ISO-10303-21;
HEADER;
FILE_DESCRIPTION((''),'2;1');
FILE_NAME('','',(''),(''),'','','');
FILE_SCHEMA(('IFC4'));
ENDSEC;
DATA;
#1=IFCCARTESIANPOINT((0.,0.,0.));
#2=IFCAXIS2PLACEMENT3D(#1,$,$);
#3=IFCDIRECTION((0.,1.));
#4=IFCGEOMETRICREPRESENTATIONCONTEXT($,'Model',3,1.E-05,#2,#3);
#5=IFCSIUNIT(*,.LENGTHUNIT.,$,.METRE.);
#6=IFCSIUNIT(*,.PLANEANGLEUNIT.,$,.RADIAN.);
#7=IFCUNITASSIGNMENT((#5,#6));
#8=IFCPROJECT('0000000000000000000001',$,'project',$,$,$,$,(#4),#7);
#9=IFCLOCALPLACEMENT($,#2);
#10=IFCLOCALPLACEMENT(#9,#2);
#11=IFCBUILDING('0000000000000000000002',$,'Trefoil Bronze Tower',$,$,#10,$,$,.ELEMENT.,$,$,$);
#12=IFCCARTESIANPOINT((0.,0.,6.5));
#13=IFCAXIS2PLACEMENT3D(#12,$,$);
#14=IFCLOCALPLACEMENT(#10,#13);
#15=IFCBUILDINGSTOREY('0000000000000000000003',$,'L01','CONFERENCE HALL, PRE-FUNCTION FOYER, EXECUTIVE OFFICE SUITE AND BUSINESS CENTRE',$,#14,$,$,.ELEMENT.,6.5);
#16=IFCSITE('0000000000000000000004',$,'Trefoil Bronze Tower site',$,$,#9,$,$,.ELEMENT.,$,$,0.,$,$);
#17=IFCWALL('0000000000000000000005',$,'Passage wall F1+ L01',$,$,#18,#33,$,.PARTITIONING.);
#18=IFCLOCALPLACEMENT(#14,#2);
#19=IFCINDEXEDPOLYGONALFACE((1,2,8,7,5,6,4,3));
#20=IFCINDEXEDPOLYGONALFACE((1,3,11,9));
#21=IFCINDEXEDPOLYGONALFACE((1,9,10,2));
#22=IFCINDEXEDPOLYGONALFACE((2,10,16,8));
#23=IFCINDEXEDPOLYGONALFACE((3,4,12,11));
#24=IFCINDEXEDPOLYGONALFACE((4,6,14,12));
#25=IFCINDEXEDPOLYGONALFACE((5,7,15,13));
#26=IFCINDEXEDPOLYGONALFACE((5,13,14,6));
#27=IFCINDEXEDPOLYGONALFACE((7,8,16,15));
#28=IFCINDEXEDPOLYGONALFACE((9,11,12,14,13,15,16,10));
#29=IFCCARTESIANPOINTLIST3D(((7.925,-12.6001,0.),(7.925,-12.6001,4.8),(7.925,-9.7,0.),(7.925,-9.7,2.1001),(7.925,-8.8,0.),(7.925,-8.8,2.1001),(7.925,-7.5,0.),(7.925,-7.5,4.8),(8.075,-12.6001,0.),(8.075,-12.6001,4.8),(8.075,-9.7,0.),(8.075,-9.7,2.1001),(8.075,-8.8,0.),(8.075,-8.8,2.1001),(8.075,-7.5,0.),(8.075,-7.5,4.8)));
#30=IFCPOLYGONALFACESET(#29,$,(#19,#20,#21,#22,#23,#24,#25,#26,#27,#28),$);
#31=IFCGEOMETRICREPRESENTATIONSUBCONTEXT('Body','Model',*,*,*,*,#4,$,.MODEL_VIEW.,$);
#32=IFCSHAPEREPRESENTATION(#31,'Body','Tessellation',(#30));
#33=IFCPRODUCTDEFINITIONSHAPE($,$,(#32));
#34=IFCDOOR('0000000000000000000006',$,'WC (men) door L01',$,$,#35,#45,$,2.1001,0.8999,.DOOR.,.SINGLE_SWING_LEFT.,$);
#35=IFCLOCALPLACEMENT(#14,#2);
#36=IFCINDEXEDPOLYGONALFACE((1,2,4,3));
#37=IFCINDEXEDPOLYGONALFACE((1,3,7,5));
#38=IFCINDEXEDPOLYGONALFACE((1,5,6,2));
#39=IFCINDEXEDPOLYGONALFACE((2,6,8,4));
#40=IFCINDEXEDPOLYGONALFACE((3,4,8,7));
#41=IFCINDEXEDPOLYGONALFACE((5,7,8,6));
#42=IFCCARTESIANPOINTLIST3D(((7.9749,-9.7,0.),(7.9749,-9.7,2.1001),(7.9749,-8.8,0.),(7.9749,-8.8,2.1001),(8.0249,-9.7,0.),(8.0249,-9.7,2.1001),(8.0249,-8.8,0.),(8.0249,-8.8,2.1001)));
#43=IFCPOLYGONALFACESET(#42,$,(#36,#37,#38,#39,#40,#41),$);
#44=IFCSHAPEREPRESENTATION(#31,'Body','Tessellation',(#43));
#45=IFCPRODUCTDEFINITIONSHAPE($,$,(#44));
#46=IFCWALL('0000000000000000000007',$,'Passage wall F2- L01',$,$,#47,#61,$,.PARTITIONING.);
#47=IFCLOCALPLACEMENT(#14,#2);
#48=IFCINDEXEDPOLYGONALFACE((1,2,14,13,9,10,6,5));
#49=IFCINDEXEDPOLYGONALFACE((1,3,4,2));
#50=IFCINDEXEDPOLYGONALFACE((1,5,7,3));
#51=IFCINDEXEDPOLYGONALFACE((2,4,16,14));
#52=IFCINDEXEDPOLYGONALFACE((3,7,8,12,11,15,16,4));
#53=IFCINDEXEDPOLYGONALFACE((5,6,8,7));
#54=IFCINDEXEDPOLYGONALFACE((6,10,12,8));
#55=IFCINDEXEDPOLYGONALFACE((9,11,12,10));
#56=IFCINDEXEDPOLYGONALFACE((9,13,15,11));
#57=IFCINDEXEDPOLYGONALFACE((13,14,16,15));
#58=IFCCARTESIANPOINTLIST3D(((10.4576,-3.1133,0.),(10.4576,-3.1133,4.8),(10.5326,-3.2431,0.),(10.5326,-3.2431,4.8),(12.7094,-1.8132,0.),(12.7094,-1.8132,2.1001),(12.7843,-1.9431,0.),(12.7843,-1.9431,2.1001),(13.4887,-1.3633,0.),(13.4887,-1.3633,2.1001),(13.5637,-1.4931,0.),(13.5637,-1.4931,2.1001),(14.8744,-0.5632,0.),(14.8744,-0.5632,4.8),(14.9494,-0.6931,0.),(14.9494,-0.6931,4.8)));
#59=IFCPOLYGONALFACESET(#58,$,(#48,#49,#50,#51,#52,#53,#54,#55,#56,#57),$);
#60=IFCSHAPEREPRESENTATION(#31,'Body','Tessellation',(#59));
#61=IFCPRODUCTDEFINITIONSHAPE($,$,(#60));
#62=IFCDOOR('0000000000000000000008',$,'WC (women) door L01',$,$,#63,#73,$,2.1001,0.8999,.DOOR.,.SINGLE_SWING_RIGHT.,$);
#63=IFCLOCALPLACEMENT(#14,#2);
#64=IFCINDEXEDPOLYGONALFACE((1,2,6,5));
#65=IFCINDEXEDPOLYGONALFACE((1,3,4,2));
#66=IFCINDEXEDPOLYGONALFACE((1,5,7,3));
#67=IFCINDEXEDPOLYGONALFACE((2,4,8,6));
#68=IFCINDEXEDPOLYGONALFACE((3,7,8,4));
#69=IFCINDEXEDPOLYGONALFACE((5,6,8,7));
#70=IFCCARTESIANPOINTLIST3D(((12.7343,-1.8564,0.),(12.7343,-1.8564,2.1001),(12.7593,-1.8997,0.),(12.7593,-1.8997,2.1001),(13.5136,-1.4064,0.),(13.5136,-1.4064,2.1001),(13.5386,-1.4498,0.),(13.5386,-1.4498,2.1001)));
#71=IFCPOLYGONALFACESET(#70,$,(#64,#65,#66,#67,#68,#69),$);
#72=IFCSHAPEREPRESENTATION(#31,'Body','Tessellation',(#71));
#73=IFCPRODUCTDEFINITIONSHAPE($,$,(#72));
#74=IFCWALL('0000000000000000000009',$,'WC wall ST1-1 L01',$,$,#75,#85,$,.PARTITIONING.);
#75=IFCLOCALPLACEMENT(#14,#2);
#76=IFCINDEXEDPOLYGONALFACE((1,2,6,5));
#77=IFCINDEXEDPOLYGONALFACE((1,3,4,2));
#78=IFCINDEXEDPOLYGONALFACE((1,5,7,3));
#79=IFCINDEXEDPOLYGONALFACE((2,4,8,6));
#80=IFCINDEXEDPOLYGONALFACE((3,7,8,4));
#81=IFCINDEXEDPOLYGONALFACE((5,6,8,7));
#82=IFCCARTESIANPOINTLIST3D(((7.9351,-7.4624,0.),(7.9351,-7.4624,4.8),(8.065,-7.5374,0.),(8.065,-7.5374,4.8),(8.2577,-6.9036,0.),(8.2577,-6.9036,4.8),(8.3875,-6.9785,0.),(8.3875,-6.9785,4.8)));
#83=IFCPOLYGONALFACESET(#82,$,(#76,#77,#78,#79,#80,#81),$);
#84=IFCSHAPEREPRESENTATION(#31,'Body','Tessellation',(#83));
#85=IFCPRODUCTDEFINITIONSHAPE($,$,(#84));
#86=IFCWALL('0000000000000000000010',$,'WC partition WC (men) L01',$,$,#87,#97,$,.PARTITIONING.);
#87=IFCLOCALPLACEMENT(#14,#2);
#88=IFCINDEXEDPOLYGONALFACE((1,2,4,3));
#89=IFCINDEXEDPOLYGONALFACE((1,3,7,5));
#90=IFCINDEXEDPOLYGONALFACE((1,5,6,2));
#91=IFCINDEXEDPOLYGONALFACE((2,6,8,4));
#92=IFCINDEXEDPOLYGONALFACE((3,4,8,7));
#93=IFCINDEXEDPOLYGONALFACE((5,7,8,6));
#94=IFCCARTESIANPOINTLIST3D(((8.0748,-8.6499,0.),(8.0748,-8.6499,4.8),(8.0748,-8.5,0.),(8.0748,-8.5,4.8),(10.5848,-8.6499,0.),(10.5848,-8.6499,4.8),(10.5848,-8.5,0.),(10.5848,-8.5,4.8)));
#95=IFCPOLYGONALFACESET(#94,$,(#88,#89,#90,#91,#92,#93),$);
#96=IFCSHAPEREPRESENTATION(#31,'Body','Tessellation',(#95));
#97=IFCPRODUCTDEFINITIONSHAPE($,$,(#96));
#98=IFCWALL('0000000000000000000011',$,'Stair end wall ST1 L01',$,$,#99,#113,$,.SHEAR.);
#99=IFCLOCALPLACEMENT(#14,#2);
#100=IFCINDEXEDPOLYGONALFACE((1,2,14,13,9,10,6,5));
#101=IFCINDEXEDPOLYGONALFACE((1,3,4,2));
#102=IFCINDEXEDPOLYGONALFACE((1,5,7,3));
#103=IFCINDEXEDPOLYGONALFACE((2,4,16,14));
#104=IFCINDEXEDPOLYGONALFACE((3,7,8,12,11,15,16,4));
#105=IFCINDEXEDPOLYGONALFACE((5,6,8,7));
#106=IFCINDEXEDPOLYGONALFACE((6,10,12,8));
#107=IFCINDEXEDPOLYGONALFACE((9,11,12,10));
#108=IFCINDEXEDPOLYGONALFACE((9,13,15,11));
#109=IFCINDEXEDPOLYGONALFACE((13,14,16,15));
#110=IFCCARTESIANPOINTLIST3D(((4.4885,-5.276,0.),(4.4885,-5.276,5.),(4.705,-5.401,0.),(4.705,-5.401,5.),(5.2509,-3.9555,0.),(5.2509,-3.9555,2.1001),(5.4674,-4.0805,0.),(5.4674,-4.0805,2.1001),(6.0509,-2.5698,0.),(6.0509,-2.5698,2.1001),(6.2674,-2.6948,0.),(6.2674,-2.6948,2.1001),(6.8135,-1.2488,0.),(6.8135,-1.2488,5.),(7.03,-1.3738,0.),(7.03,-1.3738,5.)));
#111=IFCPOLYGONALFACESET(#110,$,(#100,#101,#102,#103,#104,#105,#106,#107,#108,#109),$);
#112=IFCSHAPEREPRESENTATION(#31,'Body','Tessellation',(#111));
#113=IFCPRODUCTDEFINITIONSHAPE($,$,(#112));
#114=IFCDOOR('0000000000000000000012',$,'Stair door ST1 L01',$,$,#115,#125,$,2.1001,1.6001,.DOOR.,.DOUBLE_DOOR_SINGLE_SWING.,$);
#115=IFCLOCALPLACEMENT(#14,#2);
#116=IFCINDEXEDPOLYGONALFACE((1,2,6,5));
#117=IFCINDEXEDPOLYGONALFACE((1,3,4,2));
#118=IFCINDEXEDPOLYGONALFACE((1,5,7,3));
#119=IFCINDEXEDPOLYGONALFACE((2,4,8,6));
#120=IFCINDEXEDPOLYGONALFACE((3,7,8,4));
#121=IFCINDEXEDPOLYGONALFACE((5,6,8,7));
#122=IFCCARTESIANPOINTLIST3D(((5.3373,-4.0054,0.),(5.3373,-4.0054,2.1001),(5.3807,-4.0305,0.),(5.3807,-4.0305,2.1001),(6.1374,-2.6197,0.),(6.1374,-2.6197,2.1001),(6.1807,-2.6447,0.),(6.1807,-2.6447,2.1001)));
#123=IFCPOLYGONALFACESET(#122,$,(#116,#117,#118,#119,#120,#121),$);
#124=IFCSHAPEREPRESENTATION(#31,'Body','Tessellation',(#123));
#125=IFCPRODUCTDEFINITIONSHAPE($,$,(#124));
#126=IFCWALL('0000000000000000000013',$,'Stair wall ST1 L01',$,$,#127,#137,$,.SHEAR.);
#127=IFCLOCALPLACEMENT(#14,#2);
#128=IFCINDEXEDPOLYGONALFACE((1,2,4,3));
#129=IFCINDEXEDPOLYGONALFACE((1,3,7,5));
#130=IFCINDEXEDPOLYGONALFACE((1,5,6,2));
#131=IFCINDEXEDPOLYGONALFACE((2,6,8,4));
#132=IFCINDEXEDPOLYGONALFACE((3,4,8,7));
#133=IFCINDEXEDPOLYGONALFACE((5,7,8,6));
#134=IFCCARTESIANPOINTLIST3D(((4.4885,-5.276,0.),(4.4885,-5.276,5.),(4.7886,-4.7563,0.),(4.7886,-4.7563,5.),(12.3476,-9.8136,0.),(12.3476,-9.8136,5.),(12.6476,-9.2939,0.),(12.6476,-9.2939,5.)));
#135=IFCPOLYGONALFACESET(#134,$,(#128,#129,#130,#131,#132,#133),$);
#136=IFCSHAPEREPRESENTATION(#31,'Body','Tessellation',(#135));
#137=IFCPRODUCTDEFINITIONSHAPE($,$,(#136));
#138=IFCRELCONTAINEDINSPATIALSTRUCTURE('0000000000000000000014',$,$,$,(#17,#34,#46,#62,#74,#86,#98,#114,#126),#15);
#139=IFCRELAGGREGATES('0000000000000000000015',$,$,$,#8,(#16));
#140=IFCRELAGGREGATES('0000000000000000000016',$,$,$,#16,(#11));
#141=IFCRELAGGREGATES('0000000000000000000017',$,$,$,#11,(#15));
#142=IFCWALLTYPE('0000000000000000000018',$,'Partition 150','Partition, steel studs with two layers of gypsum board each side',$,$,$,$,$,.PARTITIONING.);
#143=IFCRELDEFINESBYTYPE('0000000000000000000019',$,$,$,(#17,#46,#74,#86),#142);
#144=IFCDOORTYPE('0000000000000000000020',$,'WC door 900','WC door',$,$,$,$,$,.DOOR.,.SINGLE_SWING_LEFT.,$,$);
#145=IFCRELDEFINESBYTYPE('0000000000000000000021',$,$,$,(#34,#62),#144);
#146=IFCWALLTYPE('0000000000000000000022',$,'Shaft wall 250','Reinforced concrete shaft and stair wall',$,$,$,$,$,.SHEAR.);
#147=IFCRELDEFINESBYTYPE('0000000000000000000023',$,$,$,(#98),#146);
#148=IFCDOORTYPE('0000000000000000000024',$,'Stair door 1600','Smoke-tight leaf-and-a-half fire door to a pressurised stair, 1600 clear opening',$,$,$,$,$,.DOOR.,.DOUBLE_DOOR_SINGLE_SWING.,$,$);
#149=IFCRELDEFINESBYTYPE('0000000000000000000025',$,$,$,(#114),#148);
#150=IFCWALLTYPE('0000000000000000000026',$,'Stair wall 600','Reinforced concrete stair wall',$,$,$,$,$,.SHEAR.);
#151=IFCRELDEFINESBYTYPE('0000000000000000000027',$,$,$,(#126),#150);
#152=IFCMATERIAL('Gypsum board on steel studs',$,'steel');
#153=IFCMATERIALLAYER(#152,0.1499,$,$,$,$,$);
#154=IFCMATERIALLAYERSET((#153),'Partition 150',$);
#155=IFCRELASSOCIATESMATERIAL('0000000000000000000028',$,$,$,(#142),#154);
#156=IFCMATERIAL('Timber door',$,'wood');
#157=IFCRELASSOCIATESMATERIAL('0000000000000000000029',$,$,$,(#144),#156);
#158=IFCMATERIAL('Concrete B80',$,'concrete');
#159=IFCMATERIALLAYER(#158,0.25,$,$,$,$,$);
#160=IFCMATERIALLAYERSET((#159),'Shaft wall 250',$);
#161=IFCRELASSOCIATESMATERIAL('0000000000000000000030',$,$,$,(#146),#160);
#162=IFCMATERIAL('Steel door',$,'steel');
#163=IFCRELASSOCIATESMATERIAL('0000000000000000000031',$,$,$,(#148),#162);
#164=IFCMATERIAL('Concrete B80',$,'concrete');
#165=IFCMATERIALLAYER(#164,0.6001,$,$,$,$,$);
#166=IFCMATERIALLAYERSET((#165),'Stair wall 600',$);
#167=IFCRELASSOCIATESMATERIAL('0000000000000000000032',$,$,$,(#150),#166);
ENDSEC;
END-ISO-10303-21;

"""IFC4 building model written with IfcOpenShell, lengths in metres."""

from ifc_helpers import new_model, si_unit, direction, frame, frame_2d, origin, place, context, subcontext, project, spatial, rectangle, extrude, material, layer, layer_set, type_object, element, fill, save


model = new_model("IFC4")

# Units and contexts
model_context = context("Model", 3, precision=1e-05, world=origin(), true_north=direction((0.0, 1.0)))
body_context = subcontext(model_context, "Body", "Model", "MODEL_VIEW")
ifc_project = project(units=[si_unit("LENGTHUNIT", "METRE"), si_unit("PLANEANGLEUNIT", "RADIAN")], contexts=[model_context])

# Site, building, storey
site_placement = place(None, origin())
site = spatial("IfcSite", under=ifc_project, at=site_placement, Name="Trefoil Bronze Tower site", CompositionType="ELEMENT", RefElevation=0.0)
building_placement = place(site_placement, origin())
building = spatial("IfcBuilding", under=site, at=building_placement, Name="Trefoil Bronze Tower", CompositionType="ELEMENT")
storey_placement = place(building_placement, frame((0.0, 0.0, 6.5)))
storey = spatial("IfcBuildingStorey", under=building, at=storey_placement, Name="L01", Description="CONFERENCE HALL, PRE-FUNCTION FOYER, EXECUTIVE OFFICE SUITE AND BUSINESS CENTRE", CompositionType="ELEMENT", Elevation=6.5)

# Walls, openings, doors
ifc_material_1 = material(Name="Gypsum board on steel studs", Category="steel")
ifc_layer_1 = layer(ifc_material_1, 0.1499)
ifc_layer_set_1 = layer_set([ifc_layer_1], Name="Partition 150")
wall_type_1 = type_object("IfcWallType", Name="Partition 150", Description="Partition, steel studs with two layers of gypsum board each side", PredefinedType="PARTITIONING", material=ifc_layer_set_1)
wall_1_placement = place(storey_placement, frame((8.0, -7.5, 0.0), z_axis=(0.0, 0.0, 1.0), x_axis=(0.0, -1.0, 0.0)))
wall_1 = element("IfcWall", 1, at=wall_1_placement, inside=storey, type_object=wall_type_1, Name="Passage wall F1+ L01", PredefinedType="PARTITIONING", context=body_context, shape_type="SweptSolid", body=[
    extrude(rectangle(XDim=5.1001, YDim=0.1499, at=frame_2d((2.55, 0.0))), origin(), (0.0, 0.0, 1.0), 4.8),
])
opening_1_placement = place(wall_1_placement, frame((1.3, 0.0, 0.0)))
opening_1 = element("IfcOpeningElement", 2, at=opening_1_placement, cuts=wall_1, PredefinedType="OPENING", context=body_context, shape_type="SweptSolid", body=[
    extrude(rectangle(XDim=0.8999, YDim=2.1001, at=frame_2d((0.45, 1.05))), frame((0.0, 0.085, 0.0), z_axis=(0.0, -1.0, 0.0), x_axis=(1.0, 0.0, 0.0)), (0.0, 0.0, 1.0), 0.1699),
])
ifc_material_2 = material(Name="Timber door", Category="wood")
door_type_1 = type_object("IfcDoorType", Name="WC door 900", Description="WC door", OperationType="SINGLE_SWING_LEFT", PredefinedType="DOOR", material=ifc_material_2)
door_1_placement = place(opening_1_placement, origin())
door_1 = element("IfcDoor", 3, at=door_1_placement, inside=storey, type_object=door_type_1, Name="WC (men) door L01", OperationType="SINGLE_SWING_LEFT", OverallHeight=2.1001, OverallWidth=0.8999, PredefinedType="DOOR", context=body_context, shape_type="SweptSolid", body=[
    extrude(rectangle(XDim=0.8999, YDim=2.1001, at=frame_2d((0.45, 1.05))), frame((0.0, 0.0249, 0.0), z_axis=(0.0, -1.0, 0.0), x_axis=(1.0, 0.0, 0.0)), (0.0, 0.0, 1.0), 0.05),
])
fill(opening_1, door_1)
wall_2_placement = place(storey_placement, frame((10.4951, -3.1782, 0.0), z_axis=(0.0, 0.0, 1.0), x_axis=(0.866022, 0.500006, 0.0)))
wall_2 = element("IfcWall", 4, at=wall_2_placement, inside=storey, type_object=wall_type_1, Name="Passage wall F2- L01", PredefinedType="PARTITIONING", context=body_context, shape_type="SweptSolid", body=[
    extrude(rectangle(XDim=5.1001, YDim=0.1499, at=frame_2d((2.55, 0.0))), origin(), (0.0, 0.0, 1.0), 4.8),
])
opening_2_placement = place(wall_2_placement, frame((2.6001, 0.0, 0.0)))
opening_2 = element("IfcOpeningElement", 5, at=opening_2_placement, cuts=wall_2, PredefinedType="OPENING", context=body_context, shape_type="SweptSolid", body=[
    extrude(rectangle(XDim=0.8999, YDim=2.1001, at=frame_2d((0.45, 1.05))), frame((0.0, 0.085, 0.0), z_axis=(0.0, -1.0, 0.0), x_axis=(1.0, 0.0, 0.0)), (0.0, 0.0, 1.0), 0.1699),
])
door_2_placement = place(opening_2_placement, frame((0.8999, 0.0, 0.0), z_axis=(0.0, 0.0, 1.0), x_axis=(-1.0, 0.0, 0.0)))
door_2 = element("IfcDoor", 6, at=door_2_placement, inside=storey, type_object=door_type_1, Name="WC (women) door L01", OperationType="SINGLE_SWING_RIGHT", OverallHeight=2.1001, OverallWidth=0.8999, PredefinedType="DOOR", context=body_context, shape_type="SweptSolid", body=[
    extrude(rectangle(XDim=0.8999, YDim=2.1001, at=frame_2d((0.45, 1.05))), frame((0.0, 0.0249, 0.0), z_axis=(0.0, -1.0, 0.0), x_axis=(1.0, 0.0, 0.0)), (0.0, 0.0, 1.0), 0.05),
])
fill(opening_2, door_2)

# Walls
wall_3_placement = place(storey_placement, frame((8.0, -7.5, 0.0), z_axis=(0.0, 0.0, 1.0), x_axis=(0.499843, 0.866116, 0.0)))
element("IfcWall", 7, at=wall_3_placement, inside=storey, type_object=wall_type_1, Name="WC wall ST1-1 L01", PredefinedType="PARTITIONING", context=body_context, shape_type="SweptSolid", body=[
    extrude(rectangle(XDim=0.6453, YDim=0.1499, at=frame_2d((0.3228, 0.0))), origin(), (0.0, 0.0, 1.0), 4.8),
])
wall_4_placement = place(storey_placement, frame((8.075, -8.575, 0.0), z_axis=(0.0, 0.0, 1.0), x_axis=(1.0, 0.0, 0.0)))
element("IfcWall", 8, at=wall_4_placement, inside=storey, type_object=wall_type_1, Name="WC partition WC (men) L01", PredefinedType="PARTITIONING", context=body_context, shape_type="SweptSolid", body=[
    extrude(rectangle(XDim=2.51, YDim=0.1499, at=frame_2d((1.2549, 0.0))), origin(), (0.0, 0.0, 1.0), 4.8),
])

# Wall, opening, door
ifc_material_3 = material(Name="Concrete B80", Category="concrete")
ifc_layer_2 = layer(ifc_material_3, 0.25)
ifc_layer_set_2 = layer_set([ifc_layer_2], Name="Shaft wall 250")
wall_type_2 = type_object("IfcWallType", Name="Shaft wall 250", Description="Reinforced concrete shaft and stair wall", PredefinedType="SHEAR", material=ifc_layer_set_2)
wall_5_placement = place(storey_placement, frame((4.5967, -5.3386, 0.0), z_axis=(0.0, 0.0, 1.0), x_axis=(0.499985, 0.866034, 0.0)))
wall_5 = element("IfcWall", 9, at=wall_5_placement, inside=storey, type_object=wall_type_2, Name="Stair end wall ST1 L01", PredefinedType="SHEAR", context=body_context, shape_type="SweptSolid", body=[
    extrude(rectangle(XDim=4.6501, YDim=0.25, at=frame_2d((2.3252, 0.0))), origin(), (0.0, 0.0, 1.0), 5.0),
])
opening_3_placement = place(wall_5_placement, frame((1.5249, 0.0, 0.0)))
opening_3 = element("IfcOpeningElement", 10, at=opening_3_placement, cuts=wall_5, PredefinedType="OPENING", context=body_context, shape_type="SweptSolid", body=[
    extrude(rectangle(XDim=1.6001, YDim=2.1001, at=frame_2d((0.8, 1.05))), frame((0.0, 0.135, 0.0), z_axis=(0.0, -1.0, 0.0), x_axis=(1.0, 0.0, 0.0)), (0.0, 0.0, 1.0), 0.27),
])
ifc_material_4 = material(Name="Steel door", Category="steel")
door_type_2 = type_object("IfcDoorType", Name="Stair door 1600", Description="Smoke-tight leaf-and-a-half fire door to a pressurised stair, 1600 clear opening", OperationType="DOUBLE_DOOR_SINGLE_SWING", PredefinedType="DOOR", material=ifc_material_4)
door_3_placement = place(opening_3_placement, frame((1.6001, 0.0, 0.0), z_axis=(0.0, 0.0, 1.0), x_axis=(-1.0, 0.0, 0.0)))
door_3 = element("IfcDoor", 11, at=door_3_placement, inside=storey, type_object=door_type_2, Name="Stair door ST1 L01", OperationType="DOUBLE_DOOR_SINGLE_SWING", OverallHeight=2.1001, OverallWidth=1.6001, PredefinedType="DOOR", context=body_context, shape_type="SweptSolid", body=[
    extrude(rectangle(XDim=1.6001, YDim=2.1001, at=frame_2d((0.8, 1.05))), frame((0.0, 0.0249, 0.0), z_axis=(0.0, -1.0, 0.0), x_axis=(1.0, 0.0, 0.0)), (0.0, 0.0, 1.0), 0.05),
])
fill(opening_3, door_3)

# Wall
ifc_material_5 = material(Name="Concrete B80", Category="concrete")
ifc_layer_3 = layer(ifc_material_5, 0.6001)
ifc_layer_set_3 = layer_set([ifc_layer_3], Name="Stair wall 600")
wall_type_3 = type_object("IfcWallType", Name="Stair wall 600", Description="Reinforced concrete stair wall", PredefinedType="SHEAR", material=ifc_layer_set_3)
wall_6_placement = place(storey_placement, frame((4.6384, -5.0161, 0.0), z_axis=(0.0, 0.0, 1.0), x_axis=(0.866019, -0.50001, 0.0)))
element("IfcWall", 12, at=wall_6_placement, inside=storey, type_object=wall_type_3, Name="Stair wall ST1 L01", PredefinedType="SHEAR", context=body_context, shape_type="SweptSolid", body=[
    extrude(rectangle(XDim=9.075, YDim=0.6001, at=frame_2d((4.5376, 0.0))), origin(), (0.0, 0.0, 1.0), 5.0),
])

save(model, "model.ifc")
